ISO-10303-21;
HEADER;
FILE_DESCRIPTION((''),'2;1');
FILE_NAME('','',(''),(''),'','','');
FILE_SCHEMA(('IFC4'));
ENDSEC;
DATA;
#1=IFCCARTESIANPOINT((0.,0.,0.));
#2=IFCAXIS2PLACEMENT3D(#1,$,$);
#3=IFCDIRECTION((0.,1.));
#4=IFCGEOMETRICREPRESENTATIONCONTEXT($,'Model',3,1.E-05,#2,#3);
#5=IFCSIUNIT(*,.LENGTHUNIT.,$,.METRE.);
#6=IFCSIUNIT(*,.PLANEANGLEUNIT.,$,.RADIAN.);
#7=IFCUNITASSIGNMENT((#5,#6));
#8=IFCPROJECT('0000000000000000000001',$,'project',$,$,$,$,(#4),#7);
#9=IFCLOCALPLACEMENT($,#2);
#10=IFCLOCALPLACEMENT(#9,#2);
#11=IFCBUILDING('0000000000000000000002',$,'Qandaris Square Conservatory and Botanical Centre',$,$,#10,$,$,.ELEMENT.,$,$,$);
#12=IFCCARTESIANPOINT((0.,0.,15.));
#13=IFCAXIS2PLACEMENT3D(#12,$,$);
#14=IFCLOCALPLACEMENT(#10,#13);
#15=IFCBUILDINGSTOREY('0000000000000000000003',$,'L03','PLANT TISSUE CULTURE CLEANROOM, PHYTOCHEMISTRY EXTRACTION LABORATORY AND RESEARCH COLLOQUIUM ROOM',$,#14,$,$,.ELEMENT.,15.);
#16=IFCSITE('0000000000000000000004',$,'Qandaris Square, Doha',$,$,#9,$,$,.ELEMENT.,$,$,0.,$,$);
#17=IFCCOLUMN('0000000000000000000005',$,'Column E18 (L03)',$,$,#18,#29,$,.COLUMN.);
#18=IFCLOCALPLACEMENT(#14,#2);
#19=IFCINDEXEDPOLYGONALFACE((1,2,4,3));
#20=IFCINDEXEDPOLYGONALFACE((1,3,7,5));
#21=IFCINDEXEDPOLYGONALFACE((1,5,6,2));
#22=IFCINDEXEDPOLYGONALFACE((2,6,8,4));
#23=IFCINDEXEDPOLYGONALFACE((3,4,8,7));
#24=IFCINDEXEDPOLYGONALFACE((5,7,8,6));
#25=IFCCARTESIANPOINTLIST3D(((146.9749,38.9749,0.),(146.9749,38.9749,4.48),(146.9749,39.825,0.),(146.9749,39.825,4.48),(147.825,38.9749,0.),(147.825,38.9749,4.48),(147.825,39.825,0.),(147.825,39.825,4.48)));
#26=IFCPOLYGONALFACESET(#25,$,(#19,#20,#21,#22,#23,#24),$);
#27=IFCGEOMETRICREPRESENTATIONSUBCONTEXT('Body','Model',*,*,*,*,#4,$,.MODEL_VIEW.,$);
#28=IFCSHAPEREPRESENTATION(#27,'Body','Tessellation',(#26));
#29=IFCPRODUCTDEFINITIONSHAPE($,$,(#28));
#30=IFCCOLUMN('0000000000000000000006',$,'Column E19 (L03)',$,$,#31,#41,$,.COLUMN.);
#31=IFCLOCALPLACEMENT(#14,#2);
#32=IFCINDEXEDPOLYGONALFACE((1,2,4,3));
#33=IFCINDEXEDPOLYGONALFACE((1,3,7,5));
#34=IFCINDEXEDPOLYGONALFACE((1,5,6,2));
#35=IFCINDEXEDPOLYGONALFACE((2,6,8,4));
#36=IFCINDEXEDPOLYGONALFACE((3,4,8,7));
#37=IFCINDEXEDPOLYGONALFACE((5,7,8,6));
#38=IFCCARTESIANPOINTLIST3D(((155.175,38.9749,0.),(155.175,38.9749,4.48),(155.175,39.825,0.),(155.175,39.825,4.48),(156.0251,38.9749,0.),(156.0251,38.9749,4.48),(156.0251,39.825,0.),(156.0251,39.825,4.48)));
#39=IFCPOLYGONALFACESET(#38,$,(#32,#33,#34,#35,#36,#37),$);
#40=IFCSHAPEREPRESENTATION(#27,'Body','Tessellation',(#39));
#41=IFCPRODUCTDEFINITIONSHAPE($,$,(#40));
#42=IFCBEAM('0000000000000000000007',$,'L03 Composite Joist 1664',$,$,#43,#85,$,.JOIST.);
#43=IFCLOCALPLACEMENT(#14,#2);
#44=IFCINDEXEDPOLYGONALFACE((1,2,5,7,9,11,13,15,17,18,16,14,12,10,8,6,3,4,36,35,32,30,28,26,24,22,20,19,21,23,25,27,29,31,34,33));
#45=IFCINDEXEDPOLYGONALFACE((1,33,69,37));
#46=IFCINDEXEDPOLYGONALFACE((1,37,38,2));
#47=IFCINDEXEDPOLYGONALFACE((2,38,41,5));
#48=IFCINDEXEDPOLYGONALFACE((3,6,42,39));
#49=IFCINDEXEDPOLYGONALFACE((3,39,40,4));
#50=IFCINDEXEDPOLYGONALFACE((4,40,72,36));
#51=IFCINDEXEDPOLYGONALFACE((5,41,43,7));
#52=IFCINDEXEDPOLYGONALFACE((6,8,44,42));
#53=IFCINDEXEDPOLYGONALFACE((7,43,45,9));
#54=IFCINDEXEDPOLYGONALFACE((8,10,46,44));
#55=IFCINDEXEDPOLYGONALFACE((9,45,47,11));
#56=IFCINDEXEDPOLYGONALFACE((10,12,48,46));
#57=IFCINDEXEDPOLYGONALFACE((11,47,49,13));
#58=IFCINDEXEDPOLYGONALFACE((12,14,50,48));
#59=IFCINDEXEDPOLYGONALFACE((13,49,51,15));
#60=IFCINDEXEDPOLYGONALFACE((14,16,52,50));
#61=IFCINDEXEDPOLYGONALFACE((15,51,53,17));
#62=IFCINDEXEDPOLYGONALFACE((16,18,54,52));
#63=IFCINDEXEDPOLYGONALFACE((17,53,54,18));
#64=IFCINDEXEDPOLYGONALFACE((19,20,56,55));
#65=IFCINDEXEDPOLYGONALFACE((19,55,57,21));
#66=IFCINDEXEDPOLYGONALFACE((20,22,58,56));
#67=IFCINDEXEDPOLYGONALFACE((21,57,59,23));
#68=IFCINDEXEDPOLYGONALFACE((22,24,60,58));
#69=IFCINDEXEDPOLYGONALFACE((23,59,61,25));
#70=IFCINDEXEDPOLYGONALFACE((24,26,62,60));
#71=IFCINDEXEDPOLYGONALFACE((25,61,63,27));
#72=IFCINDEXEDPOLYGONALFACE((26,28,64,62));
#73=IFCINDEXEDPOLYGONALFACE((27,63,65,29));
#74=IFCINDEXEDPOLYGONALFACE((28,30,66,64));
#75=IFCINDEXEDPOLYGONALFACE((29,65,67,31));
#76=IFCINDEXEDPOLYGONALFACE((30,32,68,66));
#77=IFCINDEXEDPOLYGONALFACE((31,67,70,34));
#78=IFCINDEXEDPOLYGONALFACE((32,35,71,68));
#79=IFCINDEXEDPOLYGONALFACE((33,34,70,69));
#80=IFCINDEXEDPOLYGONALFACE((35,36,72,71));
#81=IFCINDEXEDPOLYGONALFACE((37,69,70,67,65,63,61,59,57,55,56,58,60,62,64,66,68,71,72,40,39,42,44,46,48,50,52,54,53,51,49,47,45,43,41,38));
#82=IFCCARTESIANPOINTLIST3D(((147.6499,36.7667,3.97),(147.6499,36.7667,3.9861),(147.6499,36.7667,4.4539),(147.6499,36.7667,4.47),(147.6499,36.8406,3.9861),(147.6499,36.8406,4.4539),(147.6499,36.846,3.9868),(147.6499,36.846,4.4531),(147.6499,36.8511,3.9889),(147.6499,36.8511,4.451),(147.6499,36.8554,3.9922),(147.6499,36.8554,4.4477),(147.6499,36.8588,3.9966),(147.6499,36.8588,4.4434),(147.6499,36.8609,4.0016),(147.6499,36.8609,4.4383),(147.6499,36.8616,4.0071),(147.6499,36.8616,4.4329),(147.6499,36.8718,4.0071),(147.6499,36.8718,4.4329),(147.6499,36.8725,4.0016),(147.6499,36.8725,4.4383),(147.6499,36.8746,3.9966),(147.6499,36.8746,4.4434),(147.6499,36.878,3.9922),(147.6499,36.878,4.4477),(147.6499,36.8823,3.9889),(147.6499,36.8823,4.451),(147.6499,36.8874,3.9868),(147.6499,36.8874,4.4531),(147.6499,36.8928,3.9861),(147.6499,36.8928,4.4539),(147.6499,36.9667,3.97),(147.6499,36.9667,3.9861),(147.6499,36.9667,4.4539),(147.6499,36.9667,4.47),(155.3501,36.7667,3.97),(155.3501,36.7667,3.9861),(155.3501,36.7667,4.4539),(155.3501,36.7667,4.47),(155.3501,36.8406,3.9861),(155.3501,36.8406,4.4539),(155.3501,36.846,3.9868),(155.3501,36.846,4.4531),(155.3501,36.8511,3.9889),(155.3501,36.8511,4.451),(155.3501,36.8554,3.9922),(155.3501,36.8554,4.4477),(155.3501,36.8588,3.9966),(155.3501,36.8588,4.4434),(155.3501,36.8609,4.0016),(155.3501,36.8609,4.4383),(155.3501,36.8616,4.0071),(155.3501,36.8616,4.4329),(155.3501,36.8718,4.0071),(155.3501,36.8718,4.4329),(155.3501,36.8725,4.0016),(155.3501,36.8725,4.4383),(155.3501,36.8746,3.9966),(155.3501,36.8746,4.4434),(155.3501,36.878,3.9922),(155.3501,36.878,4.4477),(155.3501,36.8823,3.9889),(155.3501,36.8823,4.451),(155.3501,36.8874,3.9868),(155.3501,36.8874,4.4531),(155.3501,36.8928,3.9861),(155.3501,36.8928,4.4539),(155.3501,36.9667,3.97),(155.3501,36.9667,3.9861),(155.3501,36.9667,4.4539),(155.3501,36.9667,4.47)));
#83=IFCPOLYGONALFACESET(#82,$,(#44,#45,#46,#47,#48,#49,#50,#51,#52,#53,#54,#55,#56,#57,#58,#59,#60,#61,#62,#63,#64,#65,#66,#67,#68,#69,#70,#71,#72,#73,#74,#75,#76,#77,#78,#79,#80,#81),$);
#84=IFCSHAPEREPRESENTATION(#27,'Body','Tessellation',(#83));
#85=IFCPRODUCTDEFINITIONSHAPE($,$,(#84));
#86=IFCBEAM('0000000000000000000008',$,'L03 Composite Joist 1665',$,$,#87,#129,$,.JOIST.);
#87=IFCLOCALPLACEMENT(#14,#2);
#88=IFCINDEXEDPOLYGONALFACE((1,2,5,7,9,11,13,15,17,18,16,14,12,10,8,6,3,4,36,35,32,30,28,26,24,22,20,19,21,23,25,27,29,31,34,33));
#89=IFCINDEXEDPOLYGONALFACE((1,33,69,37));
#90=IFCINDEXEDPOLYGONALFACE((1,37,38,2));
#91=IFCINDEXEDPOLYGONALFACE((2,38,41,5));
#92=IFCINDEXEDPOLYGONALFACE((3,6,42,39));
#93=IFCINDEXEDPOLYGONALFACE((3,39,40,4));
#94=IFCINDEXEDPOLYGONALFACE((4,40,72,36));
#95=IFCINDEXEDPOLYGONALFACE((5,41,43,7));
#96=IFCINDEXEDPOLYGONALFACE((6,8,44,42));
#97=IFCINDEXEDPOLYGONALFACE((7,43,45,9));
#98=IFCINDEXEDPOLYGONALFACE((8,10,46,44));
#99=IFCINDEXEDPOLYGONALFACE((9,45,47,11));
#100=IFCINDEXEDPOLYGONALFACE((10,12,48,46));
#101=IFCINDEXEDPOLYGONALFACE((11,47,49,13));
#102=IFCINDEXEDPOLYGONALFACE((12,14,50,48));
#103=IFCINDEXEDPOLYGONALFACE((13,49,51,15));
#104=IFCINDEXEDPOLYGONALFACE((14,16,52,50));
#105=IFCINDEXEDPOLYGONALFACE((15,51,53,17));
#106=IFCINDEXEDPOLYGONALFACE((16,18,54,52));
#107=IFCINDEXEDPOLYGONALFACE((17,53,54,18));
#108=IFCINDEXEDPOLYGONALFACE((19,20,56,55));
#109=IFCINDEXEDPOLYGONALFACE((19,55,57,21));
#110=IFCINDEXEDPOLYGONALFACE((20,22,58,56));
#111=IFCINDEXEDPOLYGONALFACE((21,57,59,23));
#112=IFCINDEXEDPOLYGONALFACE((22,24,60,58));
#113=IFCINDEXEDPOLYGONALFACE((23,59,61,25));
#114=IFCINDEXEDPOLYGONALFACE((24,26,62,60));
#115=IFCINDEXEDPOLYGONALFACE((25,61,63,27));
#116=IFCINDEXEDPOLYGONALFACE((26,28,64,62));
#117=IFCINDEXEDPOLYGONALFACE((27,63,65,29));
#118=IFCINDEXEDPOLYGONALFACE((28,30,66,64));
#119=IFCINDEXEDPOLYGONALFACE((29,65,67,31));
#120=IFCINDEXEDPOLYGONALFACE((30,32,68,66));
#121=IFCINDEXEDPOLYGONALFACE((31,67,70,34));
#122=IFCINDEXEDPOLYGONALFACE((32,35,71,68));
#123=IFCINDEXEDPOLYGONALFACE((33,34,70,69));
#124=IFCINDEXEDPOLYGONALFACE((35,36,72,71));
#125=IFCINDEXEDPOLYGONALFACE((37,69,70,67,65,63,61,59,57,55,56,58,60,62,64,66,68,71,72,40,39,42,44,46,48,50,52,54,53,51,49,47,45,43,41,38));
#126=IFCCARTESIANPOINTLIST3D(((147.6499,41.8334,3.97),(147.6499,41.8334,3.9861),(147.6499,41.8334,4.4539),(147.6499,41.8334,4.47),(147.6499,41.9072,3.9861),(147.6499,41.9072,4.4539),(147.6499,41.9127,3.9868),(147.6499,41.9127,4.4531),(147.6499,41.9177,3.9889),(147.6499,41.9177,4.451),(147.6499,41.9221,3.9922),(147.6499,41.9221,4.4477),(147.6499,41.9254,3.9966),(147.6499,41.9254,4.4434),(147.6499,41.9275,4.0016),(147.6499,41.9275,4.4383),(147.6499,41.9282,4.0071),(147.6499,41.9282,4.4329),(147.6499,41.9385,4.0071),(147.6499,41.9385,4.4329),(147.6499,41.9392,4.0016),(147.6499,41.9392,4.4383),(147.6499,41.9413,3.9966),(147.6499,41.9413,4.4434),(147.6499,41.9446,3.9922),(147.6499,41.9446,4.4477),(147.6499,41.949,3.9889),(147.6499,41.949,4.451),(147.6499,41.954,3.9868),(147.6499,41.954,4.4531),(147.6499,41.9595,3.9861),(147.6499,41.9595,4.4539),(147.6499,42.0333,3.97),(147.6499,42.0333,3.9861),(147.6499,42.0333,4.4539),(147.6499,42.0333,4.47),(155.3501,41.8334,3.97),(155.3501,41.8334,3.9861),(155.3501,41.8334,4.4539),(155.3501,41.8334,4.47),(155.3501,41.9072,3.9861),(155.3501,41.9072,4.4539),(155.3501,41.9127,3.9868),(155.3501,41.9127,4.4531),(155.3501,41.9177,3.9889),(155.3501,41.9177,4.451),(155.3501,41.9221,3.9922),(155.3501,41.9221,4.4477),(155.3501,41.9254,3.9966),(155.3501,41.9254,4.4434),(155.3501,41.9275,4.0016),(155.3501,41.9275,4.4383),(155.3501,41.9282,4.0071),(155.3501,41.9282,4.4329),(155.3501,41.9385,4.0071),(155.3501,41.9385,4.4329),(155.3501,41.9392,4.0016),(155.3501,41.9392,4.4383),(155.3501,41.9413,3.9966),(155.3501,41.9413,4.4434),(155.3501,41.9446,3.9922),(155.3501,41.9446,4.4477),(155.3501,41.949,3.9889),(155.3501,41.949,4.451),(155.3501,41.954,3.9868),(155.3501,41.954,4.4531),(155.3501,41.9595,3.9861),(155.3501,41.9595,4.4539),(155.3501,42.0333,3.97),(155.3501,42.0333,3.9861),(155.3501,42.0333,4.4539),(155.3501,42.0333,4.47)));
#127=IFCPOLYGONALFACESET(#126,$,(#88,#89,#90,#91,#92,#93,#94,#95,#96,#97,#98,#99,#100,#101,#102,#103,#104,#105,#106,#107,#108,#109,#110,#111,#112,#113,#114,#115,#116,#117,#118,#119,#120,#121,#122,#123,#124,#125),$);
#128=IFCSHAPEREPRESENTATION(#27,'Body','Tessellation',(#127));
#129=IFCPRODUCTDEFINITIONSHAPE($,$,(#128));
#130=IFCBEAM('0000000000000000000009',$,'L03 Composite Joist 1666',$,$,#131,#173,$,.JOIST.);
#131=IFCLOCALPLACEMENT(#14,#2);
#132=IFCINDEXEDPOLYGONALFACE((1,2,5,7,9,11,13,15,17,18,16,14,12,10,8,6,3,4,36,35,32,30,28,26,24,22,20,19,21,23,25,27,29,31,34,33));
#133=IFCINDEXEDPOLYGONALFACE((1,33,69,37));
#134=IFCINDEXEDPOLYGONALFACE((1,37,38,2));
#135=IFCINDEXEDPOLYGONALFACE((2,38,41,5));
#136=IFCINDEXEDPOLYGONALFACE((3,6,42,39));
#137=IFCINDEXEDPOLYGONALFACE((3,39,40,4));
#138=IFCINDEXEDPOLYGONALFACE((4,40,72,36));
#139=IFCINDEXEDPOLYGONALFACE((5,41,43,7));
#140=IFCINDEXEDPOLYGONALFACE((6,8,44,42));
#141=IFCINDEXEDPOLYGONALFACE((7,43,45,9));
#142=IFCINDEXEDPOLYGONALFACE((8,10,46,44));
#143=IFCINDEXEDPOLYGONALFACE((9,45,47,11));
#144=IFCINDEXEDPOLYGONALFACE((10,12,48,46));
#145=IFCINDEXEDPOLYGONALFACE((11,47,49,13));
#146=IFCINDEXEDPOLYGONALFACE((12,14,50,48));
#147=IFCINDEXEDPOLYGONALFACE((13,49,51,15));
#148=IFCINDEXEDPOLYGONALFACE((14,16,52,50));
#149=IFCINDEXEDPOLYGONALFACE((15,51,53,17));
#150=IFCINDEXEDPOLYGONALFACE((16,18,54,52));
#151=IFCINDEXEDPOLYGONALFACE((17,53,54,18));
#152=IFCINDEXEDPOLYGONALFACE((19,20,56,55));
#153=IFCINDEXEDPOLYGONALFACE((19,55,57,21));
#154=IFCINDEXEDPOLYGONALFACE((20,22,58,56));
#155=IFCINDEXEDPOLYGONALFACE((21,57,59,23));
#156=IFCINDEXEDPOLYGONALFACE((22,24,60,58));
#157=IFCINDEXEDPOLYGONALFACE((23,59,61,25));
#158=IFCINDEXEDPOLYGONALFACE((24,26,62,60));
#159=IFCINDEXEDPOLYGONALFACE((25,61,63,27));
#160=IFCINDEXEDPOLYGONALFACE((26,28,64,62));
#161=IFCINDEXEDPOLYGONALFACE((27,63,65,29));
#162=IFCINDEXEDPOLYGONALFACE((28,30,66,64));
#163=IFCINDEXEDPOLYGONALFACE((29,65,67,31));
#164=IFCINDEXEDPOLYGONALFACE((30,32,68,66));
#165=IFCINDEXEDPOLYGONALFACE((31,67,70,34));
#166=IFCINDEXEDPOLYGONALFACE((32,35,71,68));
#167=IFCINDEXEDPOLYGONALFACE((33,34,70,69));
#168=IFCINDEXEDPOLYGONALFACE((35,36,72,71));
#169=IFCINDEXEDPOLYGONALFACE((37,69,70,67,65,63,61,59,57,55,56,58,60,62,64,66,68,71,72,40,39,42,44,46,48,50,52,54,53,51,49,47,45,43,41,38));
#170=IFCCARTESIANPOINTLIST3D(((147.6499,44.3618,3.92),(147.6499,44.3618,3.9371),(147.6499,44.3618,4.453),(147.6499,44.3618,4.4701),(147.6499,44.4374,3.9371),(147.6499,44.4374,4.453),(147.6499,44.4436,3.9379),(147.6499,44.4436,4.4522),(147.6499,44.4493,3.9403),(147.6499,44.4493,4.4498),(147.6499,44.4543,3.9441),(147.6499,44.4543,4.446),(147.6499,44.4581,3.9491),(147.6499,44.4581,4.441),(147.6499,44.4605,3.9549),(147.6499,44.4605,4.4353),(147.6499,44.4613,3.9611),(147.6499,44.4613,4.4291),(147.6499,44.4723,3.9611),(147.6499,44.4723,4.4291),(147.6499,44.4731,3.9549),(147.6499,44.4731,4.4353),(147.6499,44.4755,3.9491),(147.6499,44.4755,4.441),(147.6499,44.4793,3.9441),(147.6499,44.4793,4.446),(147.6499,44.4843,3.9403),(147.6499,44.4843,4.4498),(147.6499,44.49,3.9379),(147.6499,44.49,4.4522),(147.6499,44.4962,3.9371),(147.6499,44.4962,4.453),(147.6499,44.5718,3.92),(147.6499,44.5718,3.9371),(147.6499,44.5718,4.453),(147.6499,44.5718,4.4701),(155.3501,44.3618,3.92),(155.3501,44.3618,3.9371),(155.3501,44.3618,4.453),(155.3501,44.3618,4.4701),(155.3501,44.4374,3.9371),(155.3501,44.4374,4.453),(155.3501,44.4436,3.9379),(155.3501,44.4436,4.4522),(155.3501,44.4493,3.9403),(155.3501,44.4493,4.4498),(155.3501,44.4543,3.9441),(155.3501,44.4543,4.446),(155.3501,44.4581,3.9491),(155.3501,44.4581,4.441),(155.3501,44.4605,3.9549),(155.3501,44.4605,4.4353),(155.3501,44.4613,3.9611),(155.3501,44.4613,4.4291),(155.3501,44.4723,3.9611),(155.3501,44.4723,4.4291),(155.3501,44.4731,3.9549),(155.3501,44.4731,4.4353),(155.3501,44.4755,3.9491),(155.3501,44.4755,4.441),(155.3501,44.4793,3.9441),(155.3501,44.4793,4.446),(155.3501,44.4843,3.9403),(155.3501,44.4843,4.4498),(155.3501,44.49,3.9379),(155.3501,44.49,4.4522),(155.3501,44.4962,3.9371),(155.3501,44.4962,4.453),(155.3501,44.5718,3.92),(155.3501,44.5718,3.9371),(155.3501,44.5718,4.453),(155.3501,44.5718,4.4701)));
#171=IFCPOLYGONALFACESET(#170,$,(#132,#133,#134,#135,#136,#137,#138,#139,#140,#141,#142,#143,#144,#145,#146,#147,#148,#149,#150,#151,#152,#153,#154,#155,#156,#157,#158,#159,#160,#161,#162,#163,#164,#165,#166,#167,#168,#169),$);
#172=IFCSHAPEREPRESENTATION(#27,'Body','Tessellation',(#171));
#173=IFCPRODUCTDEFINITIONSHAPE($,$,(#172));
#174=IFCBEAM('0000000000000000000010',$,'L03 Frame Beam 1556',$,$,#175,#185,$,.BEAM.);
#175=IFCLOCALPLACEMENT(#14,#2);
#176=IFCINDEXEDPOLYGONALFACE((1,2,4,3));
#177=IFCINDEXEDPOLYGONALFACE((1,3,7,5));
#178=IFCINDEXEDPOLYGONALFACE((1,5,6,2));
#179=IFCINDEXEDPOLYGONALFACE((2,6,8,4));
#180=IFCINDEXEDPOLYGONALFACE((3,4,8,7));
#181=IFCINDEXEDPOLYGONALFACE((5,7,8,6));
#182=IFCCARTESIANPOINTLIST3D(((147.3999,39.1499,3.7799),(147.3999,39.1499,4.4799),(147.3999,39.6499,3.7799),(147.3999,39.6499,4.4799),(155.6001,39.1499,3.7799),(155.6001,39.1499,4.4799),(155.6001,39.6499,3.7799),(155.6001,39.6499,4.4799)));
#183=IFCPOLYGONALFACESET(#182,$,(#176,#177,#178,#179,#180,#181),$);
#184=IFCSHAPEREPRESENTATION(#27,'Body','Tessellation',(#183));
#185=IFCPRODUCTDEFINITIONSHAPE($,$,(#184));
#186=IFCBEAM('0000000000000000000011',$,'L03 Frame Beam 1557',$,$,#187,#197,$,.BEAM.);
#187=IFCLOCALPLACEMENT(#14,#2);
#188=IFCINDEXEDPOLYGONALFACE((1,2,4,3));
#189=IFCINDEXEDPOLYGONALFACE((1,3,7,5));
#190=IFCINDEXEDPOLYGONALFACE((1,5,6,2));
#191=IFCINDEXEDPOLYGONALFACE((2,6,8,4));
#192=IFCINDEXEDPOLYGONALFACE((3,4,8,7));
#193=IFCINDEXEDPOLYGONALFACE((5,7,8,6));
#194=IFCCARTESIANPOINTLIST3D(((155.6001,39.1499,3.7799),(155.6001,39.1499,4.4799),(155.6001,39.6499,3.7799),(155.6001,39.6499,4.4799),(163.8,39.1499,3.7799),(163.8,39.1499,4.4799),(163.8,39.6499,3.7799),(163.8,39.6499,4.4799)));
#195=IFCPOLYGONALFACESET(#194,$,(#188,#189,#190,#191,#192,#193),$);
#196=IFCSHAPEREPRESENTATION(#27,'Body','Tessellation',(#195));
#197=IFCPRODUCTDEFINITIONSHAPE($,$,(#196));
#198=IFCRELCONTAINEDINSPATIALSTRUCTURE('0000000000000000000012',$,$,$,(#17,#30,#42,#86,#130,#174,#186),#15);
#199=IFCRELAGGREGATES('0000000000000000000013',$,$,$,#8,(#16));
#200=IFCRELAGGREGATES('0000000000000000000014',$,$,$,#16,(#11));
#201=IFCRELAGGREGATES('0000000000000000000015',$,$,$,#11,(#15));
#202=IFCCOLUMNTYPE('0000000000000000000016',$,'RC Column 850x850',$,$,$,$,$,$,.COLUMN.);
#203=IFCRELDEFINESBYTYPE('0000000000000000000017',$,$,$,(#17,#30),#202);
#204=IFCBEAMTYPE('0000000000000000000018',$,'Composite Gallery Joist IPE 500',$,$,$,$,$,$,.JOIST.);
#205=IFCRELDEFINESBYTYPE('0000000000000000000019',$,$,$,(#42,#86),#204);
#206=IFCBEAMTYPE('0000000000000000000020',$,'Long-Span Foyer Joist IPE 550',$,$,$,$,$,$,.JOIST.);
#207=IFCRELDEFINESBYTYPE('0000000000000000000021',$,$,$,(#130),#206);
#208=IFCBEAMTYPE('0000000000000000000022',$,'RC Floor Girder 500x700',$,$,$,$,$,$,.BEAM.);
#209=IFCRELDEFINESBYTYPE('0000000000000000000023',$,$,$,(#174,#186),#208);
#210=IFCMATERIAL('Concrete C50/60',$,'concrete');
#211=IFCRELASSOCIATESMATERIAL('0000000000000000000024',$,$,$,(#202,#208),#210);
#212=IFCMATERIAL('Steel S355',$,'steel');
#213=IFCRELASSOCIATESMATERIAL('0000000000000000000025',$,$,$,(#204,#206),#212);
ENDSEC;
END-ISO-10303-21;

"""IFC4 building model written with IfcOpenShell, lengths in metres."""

from ifc_helpers import new_model, si_unit, direction, frame, origin, origin_2d, place, context, subcontext, project, spatial, rectangle, i_section, extrude, material, material_profile, profile_set, type_object, element, save


model = new_model("IFC4")

# Units and contexts
model_context = context("Model", 3, precision=1e-05, world=origin(), true_north=direction((0.0, 1.0)))
body_context = subcontext(model_context, "Body", "Model", "MODEL_VIEW")
ifc_project = project(units=[si_unit("LENGTHUNIT", "METRE"), si_unit("PLANEANGLEUNIT", "RADIAN")], contexts=[model_context])

# Site, building, storey
site_placement = place(None, origin())
site = spatial("IfcSite", under=ifc_project, at=site_placement, Name="Qandaris Square, Doha", CompositionType="ELEMENT", RefElevation=0.0)
building_placement = place(site_placement, origin())
building = spatial("IfcBuilding", under=site, at=building_placement, Name="Qandaris Square Conservatory and Botanical Centre", CompositionType="ELEMENT")
storey_placement = place(building_placement, frame((0.0, 0.0, 15.0)))
storey = spatial("IfcBuildingStorey", under=building, at=storey_placement, Name="L03", Description="PLANT TISSUE CULTURE CLEANROOM, PHYTOCHEMISTRY EXTRACTION LABORATORY AND RESEARCH COLLOQUIUM ROOM", CompositionType="ELEMENT", Elevation=15.0)

# Columns
ifc_material_1 = material(Name="Concrete C50/60", Category="concrete")
ifc_material_profile_1 = material_profile(ifc_material_1, rectangle(XDim=0.8501, YDim=0.8501, at=origin_2d()), Name="RC-COL 850x850")
ifc_profile_set_1 = profile_set([ifc_material_profile_1], Name="Concrete C50/60")
column_type = type_object("IfcColumnType", Name="RC Column 850x850", PredefinedType="COLUMN", material=ifc_profile_set_1)
for number, where, z_axis, x_axis, name in (
    (1, (147.3999, 39.3999, 0.0), (0.0, 0.0, 1.0), (1.0, 0.0, 0.0), "Column E18 (L03)"),
    (2, (155.6001, 39.3999, 0.0), (0.0, 0.0, 1.0), (1.0, 0.0, 0.0), "Column E19 (L03)"),
):
    element("IfcColumn", number, at=place(storey_placement, frame(where, z_axis=z_axis, x_axis=x_axis)), inside=storey, type_object=column_type, Name=name, PredefinedType="COLUMN", context=body_context, shape_type="SweptSolid", body=[
        extrude(rectangle(XDim=0.8501, YDim=0.8501, at=origin_2d()), origin(), (0.0, 0.0, 1.0), 4.48),
    ])

# Beams
ifc_material_2 = material(Name="Steel S355", Category="steel")
ifc_material_profile_2 = material_profile(ifc_material_2, i_section(OverallWidth=0.2, OverallDepth=0.5, WebThickness=0.0103, FlangeThickness=0.0161, FilletRadius=0.021, at=origin_2d()), Name="IPE 500")
ifc_profile_set_2 = profile_set([ifc_material_profile_2], Name="Steel S355")
beam_type_1 = type_object("IfcBeamType", Name="Composite Gallery Joist IPE 500", PredefinedType="JOIST", material=ifc_profile_set_2)
for number, where, z_axis, x_axis, name in (
    (3, (147.6499, 36.8667, 4.22), (1.0, 0.0, 0.0), (0.0, 1.0, 0.0), "L03 Composite Joist 1664"),
    (4, (147.6499, 41.9333, 4.22), (1.0, 0.0, 0.0), (0.0, 1.0, 0.0), "L03 Composite Joist 1665"),
):
    element("IfcBeam", number, at=place(storey_placement, frame(where, z_axis=z_axis, x_axis=x_axis)), inside=storey, type_object=beam_type_1, Name=name, PredefinedType="JOIST", context=body_context, shape_type="SweptSolid", body=[
        extrude(i_section(OverallWidth=0.2, OverallDepth=0.5, WebThickness=0.0103, FlangeThickness=0.0161, FilletRadius=0.021, at=origin_2d()), origin(), (0.0, 0.0, 1.0), 7.7002),
    ])
ifc_material_profile_3 = material_profile(ifc_material_2, i_section(OverallWidth=0.21, OverallDepth=0.55, WebThickness=0.011, FlangeThickness=0.0171, FilletRadius=0.0239, at=origin_2d()), Name="IPE 550")
ifc_profile_set_3 = profile_set([ifc_material_profile_3], Name="Steel S355")
beam_type_2 = type_object("IfcBeamType", Name="Long-Span Foyer Joist IPE 550", PredefinedType="JOIST", material=ifc_profile_set_3)
beam_1_placement = place(storey_placement, frame((147.6499, 44.4668, 4.1951), z_axis=(1.0, 0.0, 0.0), x_axis=(0.0, 1.0, 0.0)))
element("IfcBeam", 5, at=beam_1_placement, inside=storey, type_object=beam_type_2, Name="L03 Composite Joist 1666", PredefinedType="JOIST", context=body_context, shape_type="SweptSolid", body=[
    extrude(i_section(OverallWidth=0.21, OverallDepth=0.55, WebThickness=0.011, FlangeThickness=0.0171, FilletRadius=0.0239, at=origin_2d()), origin(), (0.0, 0.0, 1.0), 7.7002),
])
ifc_material_profile_4 = material_profile(ifc_material_1, rectangle(XDim=0.5, YDim=0.7, at=origin_2d()), Name="RC-BM 500x700")
ifc_profile_set_4 = profile_set([ifc_material_profile_4], Name="Concrete C50/60")
beam_type_3 = type_object("IfcBeamType", Name="RC Floor Girder 500x700", PredefinedType="BEAM", material=ifc_profile_set_4)
beam_2_placement = place(storey_placement, frame((147.3999, 39.3999, 4.1299), z_axis=(1.0, 0.0, 0.0), x_axis=(0.0, 1.0, 0.0)))
element("IfcBeam", 6, at=beam_2_placement, inside=storey, type_object=beam_type_3, Name="L03 Frame Beam 1556", PredefinedType="BEAM", context=body_context, shape_type="SweptSolid", body=[
    extrude(rectangle(XDim=0.5, YDim=0.7, at=origin_2d()), origin(), (0.0, 0.0, 1.0), 8.2002),
])
beam_3_placement = place(storey_placement, frame((155.6001, 39.3999, 4.1299), z_axis=(1.0, 0.0, 0.0), x_axis=(0.0, 1.0, 0.0)))
element("IfcBeam", 7, at=beam_3_placement, inside=storey, type_object=beam_type_3, Name="L03 Frame Beam 1557", PredefinedType="BEAM", context=body_context, shape_type="SweptSolid", body=[
    extrude(rectangle(XDim=0.5, YDim=0.7, at=origin_2d()), origin(), (0.0, 0.0, 1.0), 8.2),
])

save(model, "model.ifc")
